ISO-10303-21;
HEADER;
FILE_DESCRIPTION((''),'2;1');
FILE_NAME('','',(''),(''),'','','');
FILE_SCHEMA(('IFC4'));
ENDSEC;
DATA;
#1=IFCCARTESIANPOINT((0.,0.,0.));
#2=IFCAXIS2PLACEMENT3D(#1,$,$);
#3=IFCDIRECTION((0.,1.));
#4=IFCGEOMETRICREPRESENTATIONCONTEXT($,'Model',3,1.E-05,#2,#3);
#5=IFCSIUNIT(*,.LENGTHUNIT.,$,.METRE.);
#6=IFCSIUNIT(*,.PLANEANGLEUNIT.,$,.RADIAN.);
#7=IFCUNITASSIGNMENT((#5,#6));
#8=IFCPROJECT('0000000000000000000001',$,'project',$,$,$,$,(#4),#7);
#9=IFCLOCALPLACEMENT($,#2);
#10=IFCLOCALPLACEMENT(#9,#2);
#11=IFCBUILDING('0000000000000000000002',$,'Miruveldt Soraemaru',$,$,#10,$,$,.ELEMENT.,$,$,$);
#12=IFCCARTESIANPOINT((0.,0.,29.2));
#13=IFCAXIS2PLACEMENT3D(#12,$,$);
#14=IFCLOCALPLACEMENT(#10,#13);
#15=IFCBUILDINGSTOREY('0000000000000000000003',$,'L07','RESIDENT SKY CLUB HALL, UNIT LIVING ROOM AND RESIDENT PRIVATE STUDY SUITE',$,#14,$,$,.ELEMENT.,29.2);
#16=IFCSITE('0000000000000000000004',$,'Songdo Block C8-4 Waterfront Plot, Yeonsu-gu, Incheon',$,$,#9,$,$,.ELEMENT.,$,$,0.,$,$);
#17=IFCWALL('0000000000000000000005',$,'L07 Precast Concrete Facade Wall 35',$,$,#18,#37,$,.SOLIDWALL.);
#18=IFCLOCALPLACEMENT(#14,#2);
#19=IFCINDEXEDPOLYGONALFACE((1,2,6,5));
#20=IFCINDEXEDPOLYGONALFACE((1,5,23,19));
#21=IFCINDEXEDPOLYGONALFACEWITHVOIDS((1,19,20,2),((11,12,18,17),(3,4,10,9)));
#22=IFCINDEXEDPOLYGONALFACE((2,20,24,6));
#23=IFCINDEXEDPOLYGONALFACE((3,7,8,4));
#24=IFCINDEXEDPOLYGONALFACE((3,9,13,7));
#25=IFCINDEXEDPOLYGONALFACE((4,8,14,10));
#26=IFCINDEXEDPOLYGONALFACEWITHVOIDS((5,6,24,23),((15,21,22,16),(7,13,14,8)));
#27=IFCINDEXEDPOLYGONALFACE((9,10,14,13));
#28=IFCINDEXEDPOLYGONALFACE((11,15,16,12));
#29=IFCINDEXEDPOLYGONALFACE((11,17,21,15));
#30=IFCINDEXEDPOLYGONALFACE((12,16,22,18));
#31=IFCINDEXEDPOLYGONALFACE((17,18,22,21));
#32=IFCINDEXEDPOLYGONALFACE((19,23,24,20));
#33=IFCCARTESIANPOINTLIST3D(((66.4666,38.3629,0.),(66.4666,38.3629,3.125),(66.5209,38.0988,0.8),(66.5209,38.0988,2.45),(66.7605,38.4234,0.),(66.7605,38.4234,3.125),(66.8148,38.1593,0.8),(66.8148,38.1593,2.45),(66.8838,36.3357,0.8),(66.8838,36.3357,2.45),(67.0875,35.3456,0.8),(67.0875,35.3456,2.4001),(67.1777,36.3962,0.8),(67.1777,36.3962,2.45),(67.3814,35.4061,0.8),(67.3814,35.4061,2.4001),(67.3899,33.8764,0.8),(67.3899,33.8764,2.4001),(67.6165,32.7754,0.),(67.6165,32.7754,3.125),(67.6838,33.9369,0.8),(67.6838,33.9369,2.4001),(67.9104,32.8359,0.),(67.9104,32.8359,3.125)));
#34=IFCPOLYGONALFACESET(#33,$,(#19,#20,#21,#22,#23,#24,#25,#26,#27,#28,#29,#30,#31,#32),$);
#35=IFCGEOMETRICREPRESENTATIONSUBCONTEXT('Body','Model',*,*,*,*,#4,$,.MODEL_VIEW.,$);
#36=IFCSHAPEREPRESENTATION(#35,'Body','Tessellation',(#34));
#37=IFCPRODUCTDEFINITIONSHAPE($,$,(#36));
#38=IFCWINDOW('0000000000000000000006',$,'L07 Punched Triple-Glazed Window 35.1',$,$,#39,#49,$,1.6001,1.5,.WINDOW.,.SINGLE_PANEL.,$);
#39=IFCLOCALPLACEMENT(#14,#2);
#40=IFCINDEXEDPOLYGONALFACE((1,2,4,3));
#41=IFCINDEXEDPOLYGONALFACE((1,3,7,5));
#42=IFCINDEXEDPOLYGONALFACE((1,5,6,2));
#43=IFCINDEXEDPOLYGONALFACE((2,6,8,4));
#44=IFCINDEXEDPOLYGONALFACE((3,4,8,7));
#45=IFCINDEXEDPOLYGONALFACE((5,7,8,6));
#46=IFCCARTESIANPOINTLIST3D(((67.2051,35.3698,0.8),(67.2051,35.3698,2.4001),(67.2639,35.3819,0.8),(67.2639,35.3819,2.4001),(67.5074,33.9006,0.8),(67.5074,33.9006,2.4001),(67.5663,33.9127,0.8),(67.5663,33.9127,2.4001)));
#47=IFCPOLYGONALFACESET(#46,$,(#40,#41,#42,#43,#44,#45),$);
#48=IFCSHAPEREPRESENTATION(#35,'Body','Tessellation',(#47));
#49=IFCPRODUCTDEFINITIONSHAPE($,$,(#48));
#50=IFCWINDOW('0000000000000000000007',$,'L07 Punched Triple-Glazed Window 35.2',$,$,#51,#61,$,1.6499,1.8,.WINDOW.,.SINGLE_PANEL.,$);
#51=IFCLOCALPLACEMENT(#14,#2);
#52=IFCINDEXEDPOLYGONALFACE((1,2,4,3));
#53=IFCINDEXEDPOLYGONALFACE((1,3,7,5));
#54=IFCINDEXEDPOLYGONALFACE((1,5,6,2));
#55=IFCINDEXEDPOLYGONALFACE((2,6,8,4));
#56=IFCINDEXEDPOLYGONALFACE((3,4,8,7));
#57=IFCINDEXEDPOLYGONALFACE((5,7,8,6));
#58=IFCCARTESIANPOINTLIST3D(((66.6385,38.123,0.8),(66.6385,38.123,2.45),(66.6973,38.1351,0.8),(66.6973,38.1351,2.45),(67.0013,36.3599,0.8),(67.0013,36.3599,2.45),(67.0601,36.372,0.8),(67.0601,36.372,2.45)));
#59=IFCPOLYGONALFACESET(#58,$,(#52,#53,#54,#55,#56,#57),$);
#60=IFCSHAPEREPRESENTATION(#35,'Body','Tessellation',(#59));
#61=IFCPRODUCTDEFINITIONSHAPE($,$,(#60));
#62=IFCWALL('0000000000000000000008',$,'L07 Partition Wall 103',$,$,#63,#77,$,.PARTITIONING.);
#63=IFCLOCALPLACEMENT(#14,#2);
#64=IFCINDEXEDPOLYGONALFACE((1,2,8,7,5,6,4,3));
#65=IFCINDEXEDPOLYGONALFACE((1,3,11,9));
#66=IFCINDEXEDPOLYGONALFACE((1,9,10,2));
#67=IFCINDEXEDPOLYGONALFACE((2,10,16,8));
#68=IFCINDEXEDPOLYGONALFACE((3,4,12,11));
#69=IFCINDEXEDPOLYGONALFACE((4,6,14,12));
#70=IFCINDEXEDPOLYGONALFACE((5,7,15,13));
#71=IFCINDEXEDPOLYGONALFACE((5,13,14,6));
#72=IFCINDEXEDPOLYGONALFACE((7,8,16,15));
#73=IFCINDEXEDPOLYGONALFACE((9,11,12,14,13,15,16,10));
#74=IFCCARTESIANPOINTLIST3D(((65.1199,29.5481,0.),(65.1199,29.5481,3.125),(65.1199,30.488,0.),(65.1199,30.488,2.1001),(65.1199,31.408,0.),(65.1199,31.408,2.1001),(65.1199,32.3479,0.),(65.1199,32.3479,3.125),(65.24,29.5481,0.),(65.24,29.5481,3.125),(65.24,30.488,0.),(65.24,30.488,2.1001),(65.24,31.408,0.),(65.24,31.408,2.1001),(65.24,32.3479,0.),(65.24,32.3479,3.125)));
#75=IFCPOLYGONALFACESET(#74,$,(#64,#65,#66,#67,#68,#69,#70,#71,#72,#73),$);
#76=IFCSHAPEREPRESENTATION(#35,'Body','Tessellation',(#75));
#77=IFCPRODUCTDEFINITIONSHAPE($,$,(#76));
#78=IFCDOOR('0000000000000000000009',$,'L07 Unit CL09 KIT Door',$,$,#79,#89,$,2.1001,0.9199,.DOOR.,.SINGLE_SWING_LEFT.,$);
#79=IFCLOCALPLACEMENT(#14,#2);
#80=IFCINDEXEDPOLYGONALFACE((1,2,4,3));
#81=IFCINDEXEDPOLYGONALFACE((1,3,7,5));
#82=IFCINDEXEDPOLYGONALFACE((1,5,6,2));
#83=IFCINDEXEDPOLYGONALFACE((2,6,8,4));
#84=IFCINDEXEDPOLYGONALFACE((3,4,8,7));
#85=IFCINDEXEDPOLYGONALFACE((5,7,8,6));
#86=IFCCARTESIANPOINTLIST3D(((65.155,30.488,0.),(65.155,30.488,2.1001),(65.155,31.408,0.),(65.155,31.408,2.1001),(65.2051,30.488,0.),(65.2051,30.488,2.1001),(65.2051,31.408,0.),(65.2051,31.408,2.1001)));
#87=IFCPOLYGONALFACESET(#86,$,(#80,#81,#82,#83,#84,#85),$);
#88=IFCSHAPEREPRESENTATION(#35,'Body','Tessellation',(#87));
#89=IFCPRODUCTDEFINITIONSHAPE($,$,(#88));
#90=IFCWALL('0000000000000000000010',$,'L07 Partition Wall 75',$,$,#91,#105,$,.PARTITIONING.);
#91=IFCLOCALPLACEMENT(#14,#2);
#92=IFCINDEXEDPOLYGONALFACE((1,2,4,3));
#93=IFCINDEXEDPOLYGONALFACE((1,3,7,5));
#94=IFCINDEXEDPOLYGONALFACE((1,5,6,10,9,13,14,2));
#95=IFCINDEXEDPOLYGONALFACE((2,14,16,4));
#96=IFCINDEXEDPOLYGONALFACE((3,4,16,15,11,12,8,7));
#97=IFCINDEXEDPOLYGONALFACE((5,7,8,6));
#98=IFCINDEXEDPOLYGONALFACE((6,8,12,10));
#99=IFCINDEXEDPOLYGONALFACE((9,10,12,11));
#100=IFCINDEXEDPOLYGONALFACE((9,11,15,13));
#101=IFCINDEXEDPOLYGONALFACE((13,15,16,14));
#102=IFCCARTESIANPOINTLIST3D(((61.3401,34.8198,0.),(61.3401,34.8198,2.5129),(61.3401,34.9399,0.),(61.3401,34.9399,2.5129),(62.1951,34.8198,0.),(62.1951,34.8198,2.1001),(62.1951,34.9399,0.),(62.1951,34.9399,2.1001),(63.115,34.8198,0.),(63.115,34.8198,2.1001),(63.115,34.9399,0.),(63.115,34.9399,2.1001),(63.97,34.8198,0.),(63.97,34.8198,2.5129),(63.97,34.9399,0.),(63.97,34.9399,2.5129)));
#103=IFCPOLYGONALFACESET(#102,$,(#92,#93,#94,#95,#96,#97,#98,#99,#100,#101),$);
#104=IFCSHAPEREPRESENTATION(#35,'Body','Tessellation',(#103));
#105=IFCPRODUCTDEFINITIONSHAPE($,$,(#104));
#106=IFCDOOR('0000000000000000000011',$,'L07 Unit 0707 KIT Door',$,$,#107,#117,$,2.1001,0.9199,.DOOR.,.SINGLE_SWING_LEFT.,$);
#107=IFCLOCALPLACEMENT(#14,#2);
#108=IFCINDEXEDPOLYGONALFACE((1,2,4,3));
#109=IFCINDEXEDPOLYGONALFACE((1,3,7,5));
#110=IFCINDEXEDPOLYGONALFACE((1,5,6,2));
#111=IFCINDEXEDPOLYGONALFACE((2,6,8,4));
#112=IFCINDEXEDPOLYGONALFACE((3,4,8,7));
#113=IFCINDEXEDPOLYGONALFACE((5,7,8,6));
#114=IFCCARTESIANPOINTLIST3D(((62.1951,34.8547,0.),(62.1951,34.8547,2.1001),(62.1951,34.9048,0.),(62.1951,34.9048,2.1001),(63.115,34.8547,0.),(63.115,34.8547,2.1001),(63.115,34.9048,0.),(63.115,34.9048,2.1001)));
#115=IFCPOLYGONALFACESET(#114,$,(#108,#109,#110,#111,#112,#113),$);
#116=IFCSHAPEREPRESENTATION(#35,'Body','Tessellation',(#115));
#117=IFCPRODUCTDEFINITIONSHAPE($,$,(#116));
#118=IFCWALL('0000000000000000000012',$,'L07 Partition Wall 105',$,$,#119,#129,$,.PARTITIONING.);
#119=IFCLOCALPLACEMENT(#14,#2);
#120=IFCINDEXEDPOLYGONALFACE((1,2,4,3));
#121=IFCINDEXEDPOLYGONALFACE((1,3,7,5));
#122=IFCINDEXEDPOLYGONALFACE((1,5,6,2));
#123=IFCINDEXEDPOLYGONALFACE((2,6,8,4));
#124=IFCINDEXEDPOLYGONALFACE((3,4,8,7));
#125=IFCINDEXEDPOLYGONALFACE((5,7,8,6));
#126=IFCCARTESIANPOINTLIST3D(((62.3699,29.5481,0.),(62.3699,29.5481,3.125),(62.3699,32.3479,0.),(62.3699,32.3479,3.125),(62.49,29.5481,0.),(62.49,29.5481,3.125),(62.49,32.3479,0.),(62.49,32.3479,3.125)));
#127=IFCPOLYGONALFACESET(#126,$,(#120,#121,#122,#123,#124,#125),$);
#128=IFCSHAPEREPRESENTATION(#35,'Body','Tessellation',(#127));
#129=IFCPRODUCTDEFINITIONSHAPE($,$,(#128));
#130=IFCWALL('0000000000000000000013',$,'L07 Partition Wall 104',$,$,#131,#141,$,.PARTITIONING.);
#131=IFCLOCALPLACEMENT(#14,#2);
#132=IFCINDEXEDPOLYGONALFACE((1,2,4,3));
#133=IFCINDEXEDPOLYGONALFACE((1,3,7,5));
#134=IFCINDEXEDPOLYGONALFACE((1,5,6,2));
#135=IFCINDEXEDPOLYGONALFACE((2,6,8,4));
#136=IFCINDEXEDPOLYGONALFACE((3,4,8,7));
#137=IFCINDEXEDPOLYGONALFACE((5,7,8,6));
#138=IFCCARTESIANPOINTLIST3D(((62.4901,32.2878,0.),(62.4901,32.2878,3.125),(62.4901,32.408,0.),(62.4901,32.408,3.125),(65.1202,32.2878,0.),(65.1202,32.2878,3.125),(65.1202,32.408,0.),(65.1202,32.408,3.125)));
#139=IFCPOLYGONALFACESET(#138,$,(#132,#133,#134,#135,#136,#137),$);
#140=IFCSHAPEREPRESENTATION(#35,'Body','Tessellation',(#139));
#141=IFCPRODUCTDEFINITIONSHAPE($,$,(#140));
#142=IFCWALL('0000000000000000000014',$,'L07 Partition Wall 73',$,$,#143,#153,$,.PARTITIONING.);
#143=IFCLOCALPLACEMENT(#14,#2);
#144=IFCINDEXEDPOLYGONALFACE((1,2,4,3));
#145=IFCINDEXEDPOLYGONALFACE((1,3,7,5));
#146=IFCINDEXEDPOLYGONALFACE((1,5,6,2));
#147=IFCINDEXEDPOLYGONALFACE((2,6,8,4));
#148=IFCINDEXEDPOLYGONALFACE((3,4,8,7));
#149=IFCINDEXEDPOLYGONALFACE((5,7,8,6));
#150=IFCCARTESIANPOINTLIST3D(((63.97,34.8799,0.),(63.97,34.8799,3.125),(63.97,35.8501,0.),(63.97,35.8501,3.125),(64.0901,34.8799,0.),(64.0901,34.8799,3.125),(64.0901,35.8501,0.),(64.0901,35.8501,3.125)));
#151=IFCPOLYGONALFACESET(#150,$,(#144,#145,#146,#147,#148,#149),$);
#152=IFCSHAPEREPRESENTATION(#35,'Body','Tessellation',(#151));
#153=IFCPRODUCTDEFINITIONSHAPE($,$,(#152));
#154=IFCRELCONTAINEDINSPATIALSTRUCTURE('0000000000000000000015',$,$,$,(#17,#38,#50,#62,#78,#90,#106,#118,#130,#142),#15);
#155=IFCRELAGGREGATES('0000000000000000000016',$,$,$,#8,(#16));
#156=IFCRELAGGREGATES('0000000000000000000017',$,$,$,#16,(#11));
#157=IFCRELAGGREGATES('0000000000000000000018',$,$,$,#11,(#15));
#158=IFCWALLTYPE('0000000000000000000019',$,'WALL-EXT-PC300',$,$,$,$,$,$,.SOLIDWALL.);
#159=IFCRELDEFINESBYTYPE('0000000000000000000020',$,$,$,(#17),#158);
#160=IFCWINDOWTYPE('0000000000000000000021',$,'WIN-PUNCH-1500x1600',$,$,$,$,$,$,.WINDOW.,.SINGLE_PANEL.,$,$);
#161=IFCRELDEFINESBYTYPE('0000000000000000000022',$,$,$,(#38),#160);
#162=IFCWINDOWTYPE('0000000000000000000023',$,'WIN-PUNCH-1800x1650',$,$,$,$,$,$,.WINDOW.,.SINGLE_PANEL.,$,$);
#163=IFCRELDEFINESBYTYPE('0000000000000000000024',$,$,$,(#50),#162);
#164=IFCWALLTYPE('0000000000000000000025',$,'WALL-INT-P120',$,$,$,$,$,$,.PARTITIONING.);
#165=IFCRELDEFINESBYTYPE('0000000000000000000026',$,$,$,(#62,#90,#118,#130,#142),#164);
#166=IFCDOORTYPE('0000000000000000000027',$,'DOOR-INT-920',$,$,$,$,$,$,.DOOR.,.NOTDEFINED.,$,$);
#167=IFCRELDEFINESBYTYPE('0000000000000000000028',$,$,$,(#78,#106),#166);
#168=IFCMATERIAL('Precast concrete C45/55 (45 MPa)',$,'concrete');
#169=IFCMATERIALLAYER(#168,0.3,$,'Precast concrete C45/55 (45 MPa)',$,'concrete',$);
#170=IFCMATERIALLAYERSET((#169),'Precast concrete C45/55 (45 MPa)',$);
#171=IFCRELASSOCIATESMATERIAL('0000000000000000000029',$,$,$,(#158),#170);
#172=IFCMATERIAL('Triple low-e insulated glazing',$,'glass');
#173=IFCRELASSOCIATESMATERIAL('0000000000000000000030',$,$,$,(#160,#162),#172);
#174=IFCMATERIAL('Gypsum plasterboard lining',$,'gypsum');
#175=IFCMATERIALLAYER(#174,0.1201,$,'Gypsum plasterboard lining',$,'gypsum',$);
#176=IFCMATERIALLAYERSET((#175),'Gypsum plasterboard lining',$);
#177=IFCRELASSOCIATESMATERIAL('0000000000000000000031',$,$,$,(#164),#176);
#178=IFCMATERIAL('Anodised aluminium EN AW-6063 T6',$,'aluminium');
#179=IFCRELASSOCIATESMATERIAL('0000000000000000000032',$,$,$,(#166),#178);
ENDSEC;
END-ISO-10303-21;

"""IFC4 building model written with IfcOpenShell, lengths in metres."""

from ifc_helpers import new_model, si_unit, direction, frame, frame_2d, origin, place, context, subcontext, project, spatial, rectangle, extrude, material, layer, layer_set, type_object, element, fill, save


model = new_model("IFC4")

# Units and contexts
model_context = context("Model", 3, precision=1e-05, world=origin(), true_north=direction((0.0, 1.0)))
body_context = subcontext(model_context, "Body", "Model", "MODEL_VIEW")
ifc_project = project(units=[si_unit("LENGTHUNIT", "METRE"), si_unit("PLANEANGLEUNIT", "RADIAN")], contexts=[model_context])

# Site, building, storey
site_placement = place(None, origin())
site = spatial("IfcSite", under=ifc_project, at=site_placement, Name="Songdo Block C8-4 Waterfront Plot, Yeonsu-gu, Incheon", CompositionType="ELEMENT", RefElevation=0.0)
building_placement = place(site_placement, origin())
building = spatial("IfcBuilding", under=site, at=building_placement, Name="Miruveldt Soraemaru", CompositionType="ELEMENT")
storey_placement = place(building_placement, frame((0.0, 0.0, 29.2)))
storey = spatial("IfcBuildingStorey", under=building, at=storey_placement, Name="L07", Description="RESIDENT SKY CLUB HALL, UNIT LIVING ROOM AND RESIDENT PRIVATE STUDY SUITE", CompositionType="ELEMENT", Elevation=29.2)

# Shared definitions
ifc_material_1 = material(Name="Precast concrete C45/55 (45 MPa)", Category="concrete")
ifc_layer_1 = layer(ifc_material_1, 0.3, Name="Precast concrete C45/55 (45 MPa)", Category="concrete")
ifc_layer_set_1 = layer_set([ifc_layer_1], Name="Precast concrete C45/55 (45 MPa)")
wall_type_1 = type_object("IfcWallType", Name="WALL-EXT-PC300", PredefinedType="SOLIDWALL", material=ifc_layer_set_1)
ifc_material_2 = material(Name="Triple low-e insulated glazing", Category="glass")

# Wall, openings, windows
wall_1_placement = place(storey_placement, frame((67.7634, 32.8057, 0.0), z_axis=(0.0, 0.0, 1.0), x_axis=(-0.201578, 0.979472, 0.0)))
wall_1 = element("IfcWall", 1, at=wall_1_placement, inside=storey, type_object=wall_type_1, Name="L07 Precast Concrete Facade Wall 35", PredefinedType="SOLIDWALL", context=body_context, shape_type="SweptSolid", body=[
    extrude(rectangle(XDim=5.7046, YDim=0.3, at=frame_2d((2.8523, 0.0))), origin(), (0.0, 0.0, 1.0), 3.125),
])
opening_1_placement = place(wall_1_placement, frame((1.124, 0.0, 0.8)))
opening_1 = element("IfcOpeningElement", 2, at=opening_1_placement, cuts=wall_1, PredefinedType="OPENING", context=body_context, shape_type="SweptSolid", body=[
    extrude(rectangle(XDim=1.5, YDim=1.6001, at=frame_2d((0.75, 0.8))), frame((0.0, 0.1602, 0.0), z_axis=(0.0, -1.0, 0.0), x_axis=(1.0, 0.0, 0.0)), (0.0, 0.0, 1.0), 0.3201),
])
opening_2_placement = place(wall_1_placement, frame((3.635, 0.0, 0.8)))
opening_2 = element("IfcOpeningElement", 3, at=opening_2_placement, cuts=wall_1, PredefinedType="OPENING", context=body_context, shape_type="SweptSolid", body=[
    extrude(rectangle(XDim=1.8, YDim=1.6499, at=frame_2d((0.8999, 0.825))), frame((0.0, 0.1602, 0.0), z_axis=(0.0, -1.0, 0.0), x_axis=(1.0, 0.0, 0.0)), (0.0, 0.0, 1.0), 0.3201),
])
window_type_1 = type_object("IfcWindowType", Name="WIN-PUNCH-1500x1600", PartitioningType="SINGLE_PANEL", PredefinedType="WINDOW", material=ifc_material_2)
window_1_placement = place(opening_1_placement, origin())
window_1 = element("IfcWindow", 4, at=window_1_placement, inside=storey, type_object=window_type_1, Name="L07 Punched Triple-Glazed Window 35.1", OverallHeight=1.6001, OverallWidth=1.5, PartitioningType="SINGLE_PANEL", PredefinedType="WINDOW", context=body_context, shape_type="SweptSolid", body=[
    extrude(rectangle(XDim=1.5, YDim=1.6001, at=frame_2d((0.75, 0.8))), frame((0.0, 0.03, 0.0), z_axis=(0.0, -1.0, 0.0), x_axis=(1.0, 0.0, 0.0)), (0.0, 0.0, 1.0), 0.0601),
])
fill(opening_1, window_1)
window_type_2 = type_object("IfcWindowType", Name="WIN-PUNCH-1800x1650", PartitioningType="SINGLE_PANEL", PredefinedType="WINDOW", material=ifc_material_2)
window_2_placement = place(opening_2_placement, origin())
window_2 = element("IfcWindow", 5, at=window_2_placement, inside=storey, type_object=window_type_2, Name="L07 Punched Triple-Glazed Window 35.2", OverallHeight=1.6499, OverallWidth=1.8, PartitioningType="SINGLE_PANEL", PredefinedType="WINDOW", context=body_context, shape_type="SweptSolid", body=[
    extrude(rectangle(XDim=1.8, YDim=1.6499, at=frame_2d((0.8999, 0.825))), frame((0.0, 0.03, 0.0), z_axis=(0.0, -1.0, 0.0), x_axis=(1.0, 0.0, 0.0)), (0.0, 0.0, 1.0), 0.0601),
])
fill(opening_2, window_2)

# Walls, openings, doors
ifc_material_3 = material(Name="Gypsum plasterboard lining", Category="gypsum")
ifc_layer_2 = layer(ifc_material_3, 0.1201, Name="Gypsum plasterboard lining", Category="gypsum")
ifc_layer_set_2 = layer_set([ifc_layer_2], Name="Gypsum plasterboard lining")
wall_type_2 = type_object("IfcWallType", Name="WALL-INT-P120", PredefinedType="PARTITIONING", material=ifc_layer_set_2)
wall_2_placement = place(storey_placement, frame((65.1799, 29.5481, 0.0), z_axis=(0.0, 0.0, 1.0), x_axis=(0.0, 1.0, 0.0)))
wall_2 = element("IfcWall", 6, at=wall_2_placement, inside=storey, type_object=wall_type_2, Name="L07 Partition Wall 103", PredefinedType="PARTITIONING", context=body_context, shape_type="SweptSolid", body=[
    extrude(rectangle(XDim=2.7998, YDim=0.1201, at=frame_2d((1.3999, 0.0))), origin(), (0.0, 0.0, 1.0), 3.125),
])
opening_3_placement = place(wall_2_placement, frame((0.9399, 0.0, 0.0)))
opening_3 = element("IfcOpeningElement", 7, at=opening_3_placement, cuts=wall_2, PredefinedType="OPENING", context=body_context, shape_type="SweptSolid", body=[
    extrude(rectangle(XDim=0.9199, YDim=2.1001, at=frame_2d((0.46, 1.05))), frame((0.0, 0.0701, 0.0), z_axis=(0.0, -1.0, 0.0), x_axis=(1.0, 0.0, 0.0)), (0.0, 0.0, 1.0), 0.1401),
])
ifc_material_4 = material(Name="Anodised aluminium EN AW-6063 T6", Category="aluminium")
door_type = type_object("IfcDoorType", Name="DOOR-INT-920", OperationType="NOTDEFINED", PredefinedType="DOOR", material=ifc_material_4)
door_1_placement = place(opening_3_placement, origin())
door_1 = element("IfcDoor", 8, at=door_1_placement, inside=storey, type_object=door_type, Name="L07 Unit CL09 KIT Door", OperationType="SINGLE_SWING_LEFT", OverallHeight=2.1001, OverallWidth=0.9199, PredefinedType="DOOR", context=body_context, shape_type="SweptSolid", body=[
    extrude(rectangle(XDim=0.9199, YDim=2.1001, at=frame_2d((0.46, 1.05))), frame((0.0, 0.0249, 0.0), z_axis=(0.0, -1.0, 0.0), x_axis=(1.0, 0.0, 0.0)), (0.0, 0.0, 1.0), 0.05),
])
fill(opening_3, door_1)
wall_3_placement = place(storey_placement, frame((61.3401, 34.8799, 0.0), z_axis=(0.0, 0.0, 1.0), x_axis=(1.0, 0.0, 0.0)))
wall_3 = element("IfcWall", 9, at=wall_3_placement, inside=storey, type_object=wall_type_2, Name="L07 Partition Wall 75", PredefinedType="PARTITIONING", context=body_context, shape_type="SweptSolid", body=[
    extrude(rectangle(XDim=2.6299, YDim=0.1201, at=frame_2d((1.3149, 0.0))), origin(), (0.0, 0.0, 1.0), 2.5129),
])
opening_4_placement = place(wall_3_placement, frame((0.855, 0.0, 0.0)))
opening_4 = element("IfcOpeningElement", 10, at=opening_4_placement, cuts=wall_3, PredefinedType="OPENING", context=body_context, shape_type="SweptSolid", body=[
    extrude(rectangle(XDim=0.9199, YDim=2.1001, at=frame_2d((0.46, 1.05))), frame((0.0, 0.0701, 0.0), z_axis=(0.0, -1.0, 0.0), x_axis=(1.0, 0.0, 0.0)), (0.0, 0.0, 1.0), 0.1401),
])
door_2_placement = place(opening_4_placement, origin())
door_2 = element("IfcDoor", 11, at=door_2_placement, inside=storey, type_object=door_type, Name="L07 Unit 0707 KIT Door", OperationType="SINGLE_SWING_LEFT", OverallHeight=2.1001, OverallWidth=0.9199, PredefinedType="DOOR", context=body_context, shape_type="SweptSolid", body=[
    extrude(rectangle(XDim=0.9199, YDim=2.1001, at=frame_2d((0.46, 1.05))), frame((0.0, 0.0249, 0.0), z_axis=(0.0, -1.0, 0.0), x_axis=(1.0, 0.0, 0.0)), (0.0, 0.0, 1.0), 0.05),
])
fill(opening_4, door_2)

# Walls
wall_4_placement = place(storey_placement, frame((62.4299, 32.3479, 0.0), z_axis=(0.0, 0.0, 1.0), x_axis=(0.0, -1.0, 0.0)))
element("IfcWall", 12, at=wall_4_placement, inside=storey, type_object=wall_type_2, Name="L07 Partition Wall 105", PredefinedType="PARTITIONING", context=body_context, shape_type="SweptSolid", body=[
    extrude(rectangle(XDim=2.7998, YDim=0.1201, at=frame_2d((1.3999, 0.0))), origin(), (0.0, 0.0, 1.0), 3.125),
])
wall_5_placement = place(storey_placement, frame((65.1201, 32.3479, 0.0), z_axis=(0.0, 0.0, 1.0), x_axis=(-1.0, 0.0, 0.0)))
element("IfcWall", 13, at=wall_5_placement, inside=storey, type_object=wall_type_2, Name="L07 Partition Wall 104", PredefinedType="PARTITIONING", context=body_context, shape_type="SweptSolid", body=[
    extrude(rectangle(XDim=2.6301, YDim=0.1201, at=frame_2d((1.3149, 0.0))), origin(), (0.0, 0.0, 1.0), 3.125),
])
wall_6_placement = place(storey_placement, frame((64.03, 34.8799, 0.0), z_axis=(0.0, 0.0, 1.0), x_axis=(0.0, 1.0, 0.0)))
element("IfcWall", 14, at=wall_6_placement, inside=storey, type_object=wall_type_2, Name="L07 Partition Wall 73", PredefinedType="PARTITIONING", context=body_context, shape_type="SweptSolid", body=[
    extrude(rectangle(XDim=0.9702, YDim=0.1201, at=frame_2d((0.4851, 0.0))), origin(), (0.0, 0.0, 1.0), 3.125),
])

save(model, "model.ifc")
